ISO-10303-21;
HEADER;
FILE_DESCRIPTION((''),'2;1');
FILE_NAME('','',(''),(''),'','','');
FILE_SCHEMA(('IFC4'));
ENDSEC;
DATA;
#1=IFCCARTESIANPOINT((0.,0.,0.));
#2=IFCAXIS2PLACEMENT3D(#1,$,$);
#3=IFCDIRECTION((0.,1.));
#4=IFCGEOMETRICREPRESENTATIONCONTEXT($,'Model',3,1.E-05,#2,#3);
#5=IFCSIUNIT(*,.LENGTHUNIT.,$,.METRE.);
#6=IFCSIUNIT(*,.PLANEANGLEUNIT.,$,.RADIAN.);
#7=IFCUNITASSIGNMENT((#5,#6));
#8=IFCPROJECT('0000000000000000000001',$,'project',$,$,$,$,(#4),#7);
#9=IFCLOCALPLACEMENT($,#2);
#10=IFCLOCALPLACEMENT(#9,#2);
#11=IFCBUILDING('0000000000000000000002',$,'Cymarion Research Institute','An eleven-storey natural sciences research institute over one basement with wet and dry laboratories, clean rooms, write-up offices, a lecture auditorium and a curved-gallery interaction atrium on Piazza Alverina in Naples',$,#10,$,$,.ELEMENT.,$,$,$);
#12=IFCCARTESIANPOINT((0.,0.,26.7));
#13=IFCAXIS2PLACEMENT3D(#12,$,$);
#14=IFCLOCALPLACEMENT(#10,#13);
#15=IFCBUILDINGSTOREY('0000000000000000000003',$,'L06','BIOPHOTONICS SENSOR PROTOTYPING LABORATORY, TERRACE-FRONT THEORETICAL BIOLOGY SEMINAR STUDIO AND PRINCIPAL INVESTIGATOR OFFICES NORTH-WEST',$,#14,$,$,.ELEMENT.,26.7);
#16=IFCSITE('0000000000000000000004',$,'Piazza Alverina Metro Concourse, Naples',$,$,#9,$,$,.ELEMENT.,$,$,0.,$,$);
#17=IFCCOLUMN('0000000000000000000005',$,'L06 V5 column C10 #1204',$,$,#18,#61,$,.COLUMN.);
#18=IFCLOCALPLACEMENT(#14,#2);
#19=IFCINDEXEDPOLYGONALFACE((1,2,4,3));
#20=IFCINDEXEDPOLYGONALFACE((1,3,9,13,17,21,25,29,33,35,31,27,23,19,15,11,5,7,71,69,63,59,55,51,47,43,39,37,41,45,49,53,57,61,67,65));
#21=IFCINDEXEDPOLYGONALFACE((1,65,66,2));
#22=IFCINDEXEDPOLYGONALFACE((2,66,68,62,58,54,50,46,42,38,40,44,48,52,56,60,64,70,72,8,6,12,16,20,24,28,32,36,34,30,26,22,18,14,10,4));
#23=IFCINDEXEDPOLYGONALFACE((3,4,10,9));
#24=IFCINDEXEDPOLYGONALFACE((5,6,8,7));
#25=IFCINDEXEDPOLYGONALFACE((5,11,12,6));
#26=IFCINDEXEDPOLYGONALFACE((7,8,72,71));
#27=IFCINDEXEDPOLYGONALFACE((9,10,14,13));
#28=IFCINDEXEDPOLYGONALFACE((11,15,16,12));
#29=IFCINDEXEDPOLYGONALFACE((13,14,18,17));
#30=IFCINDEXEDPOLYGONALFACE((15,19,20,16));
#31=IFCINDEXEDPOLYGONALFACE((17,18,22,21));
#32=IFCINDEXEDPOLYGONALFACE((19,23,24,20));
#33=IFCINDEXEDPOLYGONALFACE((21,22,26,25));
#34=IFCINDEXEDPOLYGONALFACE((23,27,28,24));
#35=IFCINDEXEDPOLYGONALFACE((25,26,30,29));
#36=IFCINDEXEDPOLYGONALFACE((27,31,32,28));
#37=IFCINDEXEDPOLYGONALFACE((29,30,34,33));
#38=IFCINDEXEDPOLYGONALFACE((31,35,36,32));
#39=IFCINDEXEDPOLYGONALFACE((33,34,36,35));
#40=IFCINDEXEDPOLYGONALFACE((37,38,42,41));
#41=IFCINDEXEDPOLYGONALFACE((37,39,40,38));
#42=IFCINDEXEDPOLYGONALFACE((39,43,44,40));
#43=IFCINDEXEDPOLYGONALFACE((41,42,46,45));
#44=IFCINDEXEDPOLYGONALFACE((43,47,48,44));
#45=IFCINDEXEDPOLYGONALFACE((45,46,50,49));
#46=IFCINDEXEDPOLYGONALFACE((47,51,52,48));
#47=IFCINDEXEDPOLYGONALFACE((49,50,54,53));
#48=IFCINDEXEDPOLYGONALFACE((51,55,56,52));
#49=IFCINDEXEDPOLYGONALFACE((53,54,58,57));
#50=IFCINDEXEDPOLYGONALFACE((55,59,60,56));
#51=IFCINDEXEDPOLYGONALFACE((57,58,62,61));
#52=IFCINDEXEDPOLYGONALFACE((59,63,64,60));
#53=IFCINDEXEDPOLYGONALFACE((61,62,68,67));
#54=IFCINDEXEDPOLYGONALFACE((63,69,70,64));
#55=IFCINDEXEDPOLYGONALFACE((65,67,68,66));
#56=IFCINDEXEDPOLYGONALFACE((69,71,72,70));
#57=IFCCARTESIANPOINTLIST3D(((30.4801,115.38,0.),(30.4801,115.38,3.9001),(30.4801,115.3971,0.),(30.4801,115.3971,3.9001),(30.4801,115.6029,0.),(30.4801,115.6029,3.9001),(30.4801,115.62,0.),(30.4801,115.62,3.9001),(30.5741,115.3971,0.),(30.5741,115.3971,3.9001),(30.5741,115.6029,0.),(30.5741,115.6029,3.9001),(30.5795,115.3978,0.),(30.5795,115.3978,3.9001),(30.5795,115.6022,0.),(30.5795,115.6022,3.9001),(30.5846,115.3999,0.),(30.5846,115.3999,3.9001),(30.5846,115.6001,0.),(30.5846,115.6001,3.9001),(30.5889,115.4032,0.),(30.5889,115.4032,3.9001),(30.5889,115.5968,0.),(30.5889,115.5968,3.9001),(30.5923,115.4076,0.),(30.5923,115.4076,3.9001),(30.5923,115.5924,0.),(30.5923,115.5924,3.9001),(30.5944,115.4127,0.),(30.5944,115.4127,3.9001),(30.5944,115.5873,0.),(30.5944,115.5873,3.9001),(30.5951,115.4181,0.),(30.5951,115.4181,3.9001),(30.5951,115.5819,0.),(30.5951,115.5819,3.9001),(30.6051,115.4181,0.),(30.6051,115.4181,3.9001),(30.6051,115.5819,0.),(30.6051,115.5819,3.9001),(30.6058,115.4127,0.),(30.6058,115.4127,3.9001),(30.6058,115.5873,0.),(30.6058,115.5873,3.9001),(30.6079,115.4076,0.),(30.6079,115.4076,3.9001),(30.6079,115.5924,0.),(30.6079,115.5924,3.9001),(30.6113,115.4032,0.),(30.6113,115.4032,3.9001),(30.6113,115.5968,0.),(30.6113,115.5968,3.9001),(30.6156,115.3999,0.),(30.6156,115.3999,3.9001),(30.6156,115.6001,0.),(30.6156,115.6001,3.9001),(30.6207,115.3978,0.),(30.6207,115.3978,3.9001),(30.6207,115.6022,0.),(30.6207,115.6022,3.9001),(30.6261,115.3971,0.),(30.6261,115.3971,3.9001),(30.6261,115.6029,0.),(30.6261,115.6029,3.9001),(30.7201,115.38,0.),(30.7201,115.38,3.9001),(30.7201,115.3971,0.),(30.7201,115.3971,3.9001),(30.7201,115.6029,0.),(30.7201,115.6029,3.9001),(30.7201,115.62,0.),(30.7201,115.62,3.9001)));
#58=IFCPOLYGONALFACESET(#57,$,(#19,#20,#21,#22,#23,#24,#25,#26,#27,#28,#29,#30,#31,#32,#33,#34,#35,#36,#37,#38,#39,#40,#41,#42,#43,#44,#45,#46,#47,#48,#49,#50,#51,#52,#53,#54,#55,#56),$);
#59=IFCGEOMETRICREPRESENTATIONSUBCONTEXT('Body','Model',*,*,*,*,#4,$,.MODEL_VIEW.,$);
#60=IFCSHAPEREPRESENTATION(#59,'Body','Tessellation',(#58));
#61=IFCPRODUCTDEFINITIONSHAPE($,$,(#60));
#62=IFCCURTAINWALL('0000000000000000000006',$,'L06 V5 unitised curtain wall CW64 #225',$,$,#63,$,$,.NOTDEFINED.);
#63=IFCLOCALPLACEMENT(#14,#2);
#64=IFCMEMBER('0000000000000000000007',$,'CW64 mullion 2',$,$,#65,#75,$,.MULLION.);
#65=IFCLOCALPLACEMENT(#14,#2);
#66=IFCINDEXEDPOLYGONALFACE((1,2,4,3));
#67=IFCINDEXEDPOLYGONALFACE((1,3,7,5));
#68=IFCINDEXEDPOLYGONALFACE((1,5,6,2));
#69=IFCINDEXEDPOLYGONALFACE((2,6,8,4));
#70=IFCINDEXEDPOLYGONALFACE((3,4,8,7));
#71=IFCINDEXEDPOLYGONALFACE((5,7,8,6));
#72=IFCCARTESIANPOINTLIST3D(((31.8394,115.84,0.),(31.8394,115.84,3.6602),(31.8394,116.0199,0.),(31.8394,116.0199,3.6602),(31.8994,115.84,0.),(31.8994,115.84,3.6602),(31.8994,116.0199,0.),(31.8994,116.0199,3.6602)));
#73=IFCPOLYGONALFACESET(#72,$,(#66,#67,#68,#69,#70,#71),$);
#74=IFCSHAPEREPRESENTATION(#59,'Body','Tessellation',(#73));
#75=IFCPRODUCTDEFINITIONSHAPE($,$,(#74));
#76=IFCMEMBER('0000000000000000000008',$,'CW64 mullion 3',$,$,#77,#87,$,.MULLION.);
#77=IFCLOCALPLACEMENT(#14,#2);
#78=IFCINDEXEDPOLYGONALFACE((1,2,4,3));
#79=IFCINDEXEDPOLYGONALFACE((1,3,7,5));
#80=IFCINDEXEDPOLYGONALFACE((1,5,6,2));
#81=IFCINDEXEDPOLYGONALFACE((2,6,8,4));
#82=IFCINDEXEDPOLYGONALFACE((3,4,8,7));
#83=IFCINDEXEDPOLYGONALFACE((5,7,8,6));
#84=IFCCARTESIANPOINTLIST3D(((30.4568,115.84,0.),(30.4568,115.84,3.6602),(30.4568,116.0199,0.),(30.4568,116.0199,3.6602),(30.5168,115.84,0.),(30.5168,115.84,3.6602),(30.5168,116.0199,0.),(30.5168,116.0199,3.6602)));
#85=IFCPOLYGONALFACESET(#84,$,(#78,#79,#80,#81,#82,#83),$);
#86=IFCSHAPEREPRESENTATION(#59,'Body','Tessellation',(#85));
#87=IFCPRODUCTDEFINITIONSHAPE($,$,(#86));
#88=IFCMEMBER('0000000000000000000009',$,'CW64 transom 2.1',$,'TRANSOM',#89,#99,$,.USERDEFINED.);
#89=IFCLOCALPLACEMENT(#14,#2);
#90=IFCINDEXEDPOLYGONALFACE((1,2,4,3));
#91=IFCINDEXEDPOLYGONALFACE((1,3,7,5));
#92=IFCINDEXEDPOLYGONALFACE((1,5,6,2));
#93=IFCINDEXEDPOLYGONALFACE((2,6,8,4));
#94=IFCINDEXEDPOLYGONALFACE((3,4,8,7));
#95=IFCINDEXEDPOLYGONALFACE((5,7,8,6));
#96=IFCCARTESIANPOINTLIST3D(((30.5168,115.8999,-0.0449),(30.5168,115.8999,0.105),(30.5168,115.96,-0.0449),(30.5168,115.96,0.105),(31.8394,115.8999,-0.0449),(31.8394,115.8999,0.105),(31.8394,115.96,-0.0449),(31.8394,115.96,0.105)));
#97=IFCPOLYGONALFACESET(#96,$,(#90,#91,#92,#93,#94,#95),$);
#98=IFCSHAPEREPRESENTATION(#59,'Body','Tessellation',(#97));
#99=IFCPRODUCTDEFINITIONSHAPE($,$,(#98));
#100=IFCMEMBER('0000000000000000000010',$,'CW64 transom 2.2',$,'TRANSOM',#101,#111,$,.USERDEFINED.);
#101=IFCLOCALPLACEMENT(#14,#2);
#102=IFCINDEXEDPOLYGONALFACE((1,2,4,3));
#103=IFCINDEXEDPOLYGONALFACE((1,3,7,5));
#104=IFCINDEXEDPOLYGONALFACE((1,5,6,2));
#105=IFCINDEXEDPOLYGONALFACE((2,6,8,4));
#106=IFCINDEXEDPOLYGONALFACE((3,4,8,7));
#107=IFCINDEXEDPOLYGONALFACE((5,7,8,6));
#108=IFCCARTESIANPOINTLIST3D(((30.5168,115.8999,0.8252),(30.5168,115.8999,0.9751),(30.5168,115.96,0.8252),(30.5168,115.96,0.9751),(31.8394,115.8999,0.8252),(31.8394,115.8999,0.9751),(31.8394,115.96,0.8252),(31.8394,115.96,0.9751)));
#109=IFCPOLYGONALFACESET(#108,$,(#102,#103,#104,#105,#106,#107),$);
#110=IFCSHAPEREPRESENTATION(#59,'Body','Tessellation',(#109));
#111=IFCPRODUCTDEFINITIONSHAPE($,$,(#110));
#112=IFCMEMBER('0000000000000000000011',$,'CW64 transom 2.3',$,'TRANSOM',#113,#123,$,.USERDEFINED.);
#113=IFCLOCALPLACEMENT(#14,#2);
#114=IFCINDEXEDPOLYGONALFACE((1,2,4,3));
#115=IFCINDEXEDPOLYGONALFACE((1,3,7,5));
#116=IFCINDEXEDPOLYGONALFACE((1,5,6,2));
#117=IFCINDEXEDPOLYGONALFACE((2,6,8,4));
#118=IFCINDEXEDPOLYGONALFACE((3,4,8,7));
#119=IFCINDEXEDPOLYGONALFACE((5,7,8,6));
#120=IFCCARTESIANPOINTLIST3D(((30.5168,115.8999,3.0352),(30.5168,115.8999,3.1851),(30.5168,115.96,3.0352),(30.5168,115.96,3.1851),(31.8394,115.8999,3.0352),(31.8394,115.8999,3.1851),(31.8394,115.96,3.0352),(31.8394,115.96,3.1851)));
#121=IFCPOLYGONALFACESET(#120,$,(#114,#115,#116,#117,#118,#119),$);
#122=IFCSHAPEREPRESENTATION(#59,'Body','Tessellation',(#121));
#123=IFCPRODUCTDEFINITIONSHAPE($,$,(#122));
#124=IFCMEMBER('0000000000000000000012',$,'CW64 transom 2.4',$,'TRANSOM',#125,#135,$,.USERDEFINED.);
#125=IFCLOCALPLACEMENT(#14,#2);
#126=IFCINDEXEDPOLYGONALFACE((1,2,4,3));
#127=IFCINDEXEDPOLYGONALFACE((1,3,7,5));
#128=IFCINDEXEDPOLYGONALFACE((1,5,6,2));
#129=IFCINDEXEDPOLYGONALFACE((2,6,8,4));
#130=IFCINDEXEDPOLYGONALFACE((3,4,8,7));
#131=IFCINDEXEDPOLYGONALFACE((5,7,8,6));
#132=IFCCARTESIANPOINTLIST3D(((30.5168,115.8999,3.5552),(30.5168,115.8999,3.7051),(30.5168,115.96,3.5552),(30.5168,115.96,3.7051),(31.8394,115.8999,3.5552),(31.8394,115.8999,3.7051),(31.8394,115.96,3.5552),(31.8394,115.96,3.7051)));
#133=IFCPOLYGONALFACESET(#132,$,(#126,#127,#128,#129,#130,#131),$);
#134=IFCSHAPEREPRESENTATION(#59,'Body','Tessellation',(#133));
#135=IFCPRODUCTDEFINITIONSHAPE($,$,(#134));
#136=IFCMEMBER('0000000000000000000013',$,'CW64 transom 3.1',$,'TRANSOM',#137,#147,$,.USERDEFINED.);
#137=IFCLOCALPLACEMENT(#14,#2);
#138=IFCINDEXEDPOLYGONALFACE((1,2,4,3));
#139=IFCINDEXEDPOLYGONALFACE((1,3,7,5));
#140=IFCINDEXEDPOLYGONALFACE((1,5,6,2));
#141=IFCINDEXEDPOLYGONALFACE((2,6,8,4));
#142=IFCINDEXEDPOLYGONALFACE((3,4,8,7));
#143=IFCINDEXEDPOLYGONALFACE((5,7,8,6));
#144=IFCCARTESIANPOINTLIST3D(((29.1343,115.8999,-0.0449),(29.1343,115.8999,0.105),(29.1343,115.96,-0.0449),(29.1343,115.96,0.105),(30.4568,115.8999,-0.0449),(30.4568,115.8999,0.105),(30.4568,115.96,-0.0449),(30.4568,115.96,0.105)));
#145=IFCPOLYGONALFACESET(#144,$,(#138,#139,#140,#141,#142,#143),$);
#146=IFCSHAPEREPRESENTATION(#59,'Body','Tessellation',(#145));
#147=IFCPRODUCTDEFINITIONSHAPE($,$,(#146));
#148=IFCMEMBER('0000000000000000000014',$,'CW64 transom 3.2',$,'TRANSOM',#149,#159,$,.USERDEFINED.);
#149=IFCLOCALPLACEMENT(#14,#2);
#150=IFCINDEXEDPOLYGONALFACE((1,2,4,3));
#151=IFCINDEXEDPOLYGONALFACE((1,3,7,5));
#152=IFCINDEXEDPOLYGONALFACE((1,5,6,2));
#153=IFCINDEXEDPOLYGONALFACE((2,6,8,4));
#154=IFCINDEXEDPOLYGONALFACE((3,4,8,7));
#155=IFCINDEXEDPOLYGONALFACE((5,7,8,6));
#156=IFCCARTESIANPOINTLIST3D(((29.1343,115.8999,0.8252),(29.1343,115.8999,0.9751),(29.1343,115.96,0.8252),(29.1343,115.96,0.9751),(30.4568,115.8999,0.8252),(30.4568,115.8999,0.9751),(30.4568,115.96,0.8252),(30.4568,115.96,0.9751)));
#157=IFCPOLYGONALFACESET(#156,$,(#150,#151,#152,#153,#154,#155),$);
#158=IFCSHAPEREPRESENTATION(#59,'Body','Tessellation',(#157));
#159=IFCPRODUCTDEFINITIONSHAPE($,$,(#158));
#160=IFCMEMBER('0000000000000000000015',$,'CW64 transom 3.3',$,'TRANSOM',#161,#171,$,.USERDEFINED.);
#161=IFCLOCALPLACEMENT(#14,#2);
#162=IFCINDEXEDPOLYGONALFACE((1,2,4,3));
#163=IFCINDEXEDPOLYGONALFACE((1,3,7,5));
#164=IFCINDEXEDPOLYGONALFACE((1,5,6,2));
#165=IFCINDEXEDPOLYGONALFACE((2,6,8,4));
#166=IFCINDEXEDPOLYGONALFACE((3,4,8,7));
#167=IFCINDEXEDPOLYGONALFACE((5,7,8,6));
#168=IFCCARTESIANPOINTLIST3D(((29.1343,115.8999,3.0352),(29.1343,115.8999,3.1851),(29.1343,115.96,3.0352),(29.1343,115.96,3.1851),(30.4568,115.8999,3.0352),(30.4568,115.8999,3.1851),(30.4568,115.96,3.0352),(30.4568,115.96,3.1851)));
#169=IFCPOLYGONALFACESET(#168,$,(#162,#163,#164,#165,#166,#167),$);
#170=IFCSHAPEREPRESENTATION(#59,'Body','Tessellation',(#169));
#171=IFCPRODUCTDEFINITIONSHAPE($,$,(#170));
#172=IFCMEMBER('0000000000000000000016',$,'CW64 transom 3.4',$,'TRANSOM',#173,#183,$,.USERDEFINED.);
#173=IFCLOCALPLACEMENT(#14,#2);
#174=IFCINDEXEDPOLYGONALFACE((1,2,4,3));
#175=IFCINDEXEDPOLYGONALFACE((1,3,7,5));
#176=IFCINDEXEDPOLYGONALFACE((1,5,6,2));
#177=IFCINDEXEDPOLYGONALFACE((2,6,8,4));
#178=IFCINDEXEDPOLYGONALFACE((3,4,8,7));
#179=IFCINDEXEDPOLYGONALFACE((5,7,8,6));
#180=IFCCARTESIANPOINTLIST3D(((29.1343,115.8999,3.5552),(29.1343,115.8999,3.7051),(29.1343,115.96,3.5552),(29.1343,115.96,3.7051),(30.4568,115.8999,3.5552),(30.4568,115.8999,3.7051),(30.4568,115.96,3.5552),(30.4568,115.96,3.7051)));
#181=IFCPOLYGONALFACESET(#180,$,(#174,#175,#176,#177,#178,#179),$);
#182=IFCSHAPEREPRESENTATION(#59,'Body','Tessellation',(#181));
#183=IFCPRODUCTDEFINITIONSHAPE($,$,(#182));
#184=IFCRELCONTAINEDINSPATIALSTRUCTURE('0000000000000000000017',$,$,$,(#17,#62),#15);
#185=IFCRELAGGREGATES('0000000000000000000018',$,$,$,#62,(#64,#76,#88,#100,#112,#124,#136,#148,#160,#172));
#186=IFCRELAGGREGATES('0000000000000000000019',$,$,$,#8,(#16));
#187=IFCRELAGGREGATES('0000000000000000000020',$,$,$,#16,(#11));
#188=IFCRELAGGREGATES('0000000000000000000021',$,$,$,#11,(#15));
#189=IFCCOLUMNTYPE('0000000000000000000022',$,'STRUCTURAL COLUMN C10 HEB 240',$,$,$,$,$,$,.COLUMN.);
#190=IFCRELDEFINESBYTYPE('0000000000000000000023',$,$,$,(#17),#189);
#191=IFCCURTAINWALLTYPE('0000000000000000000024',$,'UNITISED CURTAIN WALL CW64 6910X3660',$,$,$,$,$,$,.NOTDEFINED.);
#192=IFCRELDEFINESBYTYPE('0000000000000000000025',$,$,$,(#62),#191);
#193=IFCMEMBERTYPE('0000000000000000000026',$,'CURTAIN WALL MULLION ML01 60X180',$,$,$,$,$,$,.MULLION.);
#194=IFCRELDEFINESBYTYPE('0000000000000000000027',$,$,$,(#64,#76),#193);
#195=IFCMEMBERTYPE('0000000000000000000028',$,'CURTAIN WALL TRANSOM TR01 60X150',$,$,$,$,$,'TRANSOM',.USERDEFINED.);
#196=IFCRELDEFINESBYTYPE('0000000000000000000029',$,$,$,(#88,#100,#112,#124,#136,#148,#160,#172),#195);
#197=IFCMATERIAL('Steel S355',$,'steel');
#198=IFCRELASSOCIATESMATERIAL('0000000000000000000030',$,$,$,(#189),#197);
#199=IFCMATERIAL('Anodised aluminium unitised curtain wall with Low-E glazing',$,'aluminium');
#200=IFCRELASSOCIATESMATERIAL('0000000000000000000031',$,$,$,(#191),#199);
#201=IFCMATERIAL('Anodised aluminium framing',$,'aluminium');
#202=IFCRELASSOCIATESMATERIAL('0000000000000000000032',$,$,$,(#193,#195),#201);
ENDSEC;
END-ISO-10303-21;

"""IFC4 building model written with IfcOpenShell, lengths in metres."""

from ifc_helpers import new_model, si_unit, direction, frame, origin, origin_2d, place, context, subcontext, project, spatial, rectangle, i_section, extrude, material, material_profile, profile_set, type_object, element, aggregate, save


model = new_model("IFC4")

# Units and contexts
model_context = context("Model", 3, precision=1e-05, world=origin(), true_north=direction((0.0, 1.0)))
body_context = subcontext(model_context, "Body", "Model", "MODEL_VIEW")
ifc_project = project(units=[si_unit("LENGTHUNIT", "METRE"), si_unit("PLANEANGLEUNIT", "RADIAN")], contexts=[model_context])

# Site, building, storey
site_placement = place(None, origin())
site = spatial("IfcSite", under=ifc_project, at=site_placement, Name="Piazza Alverina Metro Concourse, Naples", CompositionType="ELEMENT", RefElevation=0.0)
building_placement = place(site_placement, origin())
building = spatial("IfcBuilding", under=site, at=building_placement, Name="Cymarion Research Institute", Description="An eleven-storey natural sciences research institute over one basement with wet and dry laboratories, clean rooms, write-up offices, a lecture auditorium and a curved-gallery interaction atrium on Piazza Alverina in Naples", CompositionType="ELEMENT")
storey_placement = place(building_placement, frame((0.0, 0.0, 26.7)))
storey = spatial("IfcBuildingStorey", under=building, at=storey_placement, Name="L06", Description="BIOPHOTONICS SENSOR PROTOTYPING LABORATORY, TERRACE-FRONT THEORETICAL BIOLOGY SEMINAR STUDIO AND PRINCIPAL INVESTIGATOR OFFICES NORTH-WEST", CompositionType="ELEMENT", Elevation=26.7)

# Column
ifc_material_1 = material(Name="Steel S355", Category="steel")
ifc_material_profile_1 = material_profile(ifc_material_1, i_section(OverallWidth=0.24, OverallDepth=0.24, WebThickness=0.01, FlangeThickness=0.0171, FilletRadius=0.021, at=origin_2d()), Name="HEB 240")
ifc_profile_set_1 = profile_set([ifc_material_profile_1], Name="Steel S355")
column_type = type_object("IfcColumnType", Name="STRUCTURAL COLUMN C10 HEB 240", PredefinedType="COLUMN", material=ifc_profile_set_1)
column_placement = place(storey_placement, frame((30.6001, 115.5, 0.0), z_axis=(0.0, 0.0, 1.0), x_axis=(1.0, 0.0, 0.0)))
element("IfcColumn", 1, at=column_placement, inside=storey, type_object=column_type, Name="L06 V5 column C10 #1204", PredefinedType="COLUMN", context=body_context, shape_type="SweptSolid", body=[
    extrude(i_section(OverallWidth=0.24, OverallDepth=0.24, WebThickness=0.01, FlangeThickness=0.0171, FilletRadius=0.021, at=origin_2d()), origin(), (0.0, 0.0, 1.0), 3.9001),
])

# Curtain wall, members
ifc_material_2 = material(Name="Anodised aluminium unitised curtain wall with Low-E glazing", Category="aluminium")
curtain_wall_type = type_object("IfcCurtainWallType", Name="UNITISED CURTAIN WALL CW64 6910X3660", PredefinedType="NOTDEFINED", material=ifc_material_2)
curtain_wall_placement = place(storey_placement, origin())
curtain_wall = element("IfcCurtainWall", 2, at=curtain_wall_placement, inside=storey, type_object=curtain_wall_type, Name="L06 V5 unitised curtain wall CW64 #225", PredefinedType="NOTDEFINED")
ifc_material_3 = material(Name="Anodised aluminium framing", Category="aluminium")
ifc_material_profile_2 = material_profile(ifc_material_3, rectangle(XDim=0.0601, YDim=0.1799, at=origin_2d()), Name="ALU MULLION 60x180")
ifc_profile_set_2 = profile_set([ifc_material_profile_2], Name="Anodised aluminium framing")
member_type_1 = type_object("IfcMemberType", Name="CURTAIN WALL MULLION ML01 60X180", PredefinedType="MULLION", material=ifc_profile_set_2)
member_1_placement = place(storey_placement, frame((31.8694, 115.9299, 0.0), z_axis=(0.0, 0.0, 1.0), x_axis=(-1.0, 0.0, 0.0)))
member_1 = element("IfcMember", 3, at=member_1_placement, type_object=member_type_1, Name="CW64 mullion 2", PredefinedType="MULLION", context=body_context, shape_type="SweptSolid", body=[
    extrude(rectangle(XDim=0.0601, YDim=0.1799, at=origin_2d()), origin(), (0.0, 0.0, 1.0), 3.6602),
])
member_2_placement = place(storey_placement, frame((30.4868, 115.9299, 0.0), z_axis=(0.0, 0.0, 1.0), x_axis=(-1.0, 0.0, 0.0)))
member_2 = element("IfcMember", 4, at=member_2_placement, type_object=member_type_1, Name="CW64 mullion 3", PredefinedType="MULLION", context=body_context, shape_type="SweptSolid", body=[
    extrude(rectangle(XDim=0.0601, YDim=0.1799, at=origin_2d()), origin(), (0.0, 0.0, 1.0), 3.6602),
])
ifc_material_profile_3 = material_profile(ifc_material_3, rectangle(XDim=0.0601, YDim=0.1499, at=origin_2d()), Name="ALU TRANSOM 60x150")
ifc_profile_set_3 = profile_set([ifc_material_profile_3], Name="Anodised aluminium framing")
member_type_2 = type_object("IfcMemberType", Name="CURTAIN WALL TRANSOM TR01 60X150", ElementType="TRANSOM", PredefinedType="USERDEFINED", material=ifc_profile_set_3)
member_3_placement = place(storey_placement, frame((31.8394, 115.9299, 0.03), z_axis=(-1.0, 0.0, 0.0), x_axis=(0.0, -1.0, 0.0)))
member_3 = element("IfcMember", 5, at=member_3_placement, type_object=member_type_2, Name="CW64 transom 2.1", ObjectType="TRANSOM", PredefinedType="USERDEFINED", context=body_context, shape_type="SweptSolid", body=[
    extrude(rectangle(XDim=0.0601, YDim=0.1499, at=origin_2d()), origin(), (0.0, 0.0, 1.0), 1.3225),
])
member_4_placement = place(storey_placement, frame((31.8394, 115.9299, 0.9001), z_axis=(-1.0, 0.0, 0.0), x_axis=(0.0, -1.0, 0.0)))
member_4 = element("IfcMember", 6, at=member_4_placement, type_object=member_type_2, Name="CW64 transom 2.2", ObjectType="TRANSOM", PredefinedType="USERDEFINED", context=body_context, shape_type="SweptSolid", body=[
    extrude(rectangle(XDim=0.0601, YDim=0.1499, at=origin_2d()), origin(), (0.0, 0.0, 1.0), 1.3225),
])
member_5_placement = place(storey_placement, frame((31.8394, 115.9299, 3.1101), z_axis=(-1.0, 0.0, 0.0), x_axis=(0.0, -1.0, 0.0)))
member_5 = element("IfcMember", 7, at=member_5_placement, type_object=member_type_2, Name="CW64 transom 2.3", ObjectType="TRANSOM", PredefinedType="USERDEFINED", context=body_context, shape_type="SweptSolid", body=[
    extrude(rectangle(XDim=0.0601, YDim=0.1499, at=origin_2d()), origin(), (0.0, 0.0, 1.0), 1.3225),
])
member_6_placement = place(storey_placement, frame((31.8394, 115.9299, 3.6301), z_axis=(-1.0, 0.0, 0.0), x_axis=(0.0, -1.0, 0.0)))
member_6 = element("IfcMember", 8, at=member_6_placement, type_object=member_type_2, Name="CW64 transom 2.4", ObjectType="TRANSOM", PredefinedType="USERDEFINED", context=body_context, shape_type="SweptSolid", body=[
    extrude(rectangle(XDim=0.0601, YDim=0.1499, at=origin_2d()), origin(), (0.0, 0.0, 1.0), 1.3225),
])
member_7_placement = place(storey_placement, frame((30.4568, 115.9299, 0.03), z_axis=(-1.0, 0.0, 0.0), x_axis=(0.0, -1.0, 0.0)))
member_7 = element("IfcMember", 9, at=member_7_placement, type_object=member_type_2, Name="CW64 transom 3.1", ObjectType="TRANSOM", PredefinedType="USERDEFINED", context=body_context, shape_type="SweptSolid", body=[
    extrude(rectangle(XDim=0.0601, YDim=0.1499, at=origin_2d()), origin(), (0.0, 0.0, 1.0), 1.3225),
])
member_8_placement = place(storey_placement, frame((30.4568, 115.9299, 0.9001), z_axis=(-1.0, 0.0, 0.0), x_axis=(0.0, -1.0, 0.0)))
member_8 = element("IfcMember", 10, at=member_8_placement, type_object=member_type_2, Name="CW64 transom 3.2", ObjectType="TRANSOM", PredefinedType="USERDEFINED", context=body_context, shape_type="SweptSolid", body=[
    extrude(rectangle(XDim=0.0601, YDim=0.1499, at=origin_2d()), origin(), (0.0, 0.0, 1.0), 1.3225),
])
member_9_placement = place(storey_placement, frame((30.4568, 115.9299, 3.1101), z_axis=(-1.0, 0.0, 0.0), x_axis=(0.0, -1.0, 0.0)))
member_9 = element("IfcMember", 11, at=member_9_placement, type_object=member_type_2, Name="CW64 transom 3.3", ObjectType="TRANSOM", PredefinedType="USERDEFINED", context=body_context, shape_type="SweptSolid", body=[
    extrude(rectangle(XDim=0.0601, YDim=0.1499, at=origin_2d()), origin(), (0.0, 0.0, 1.0), 1.3225),
])
member_10_placement = place(storey_placement, frame((30.4568, 115.9299, 3.6301), z_axis=(-1.0, 0.0, 0.0), x_axis=(0.0, -1.0, 0.0)))
member_10 = element("IfcMember", 12, at=member_10_placement, type_object=member_type_2, Name="CW64 transom 3.4", ObjectType="TRANSOM", PredefinedType="USERDEFINED", context=body_context, shape_type="SweptSolid", body=[
    extrude(rectangle(XDim=0.0601, YDim=0.1499, at=origin_2d()), origin(), (0.0, 0.0, 1.0), 1.3225),
])

aggregate(curtain_wall, [member_1, member_2, member_3, member_4, member_5, member_6, member_7, member_8, member_9, member_10])

save(model, "model.ifc")
